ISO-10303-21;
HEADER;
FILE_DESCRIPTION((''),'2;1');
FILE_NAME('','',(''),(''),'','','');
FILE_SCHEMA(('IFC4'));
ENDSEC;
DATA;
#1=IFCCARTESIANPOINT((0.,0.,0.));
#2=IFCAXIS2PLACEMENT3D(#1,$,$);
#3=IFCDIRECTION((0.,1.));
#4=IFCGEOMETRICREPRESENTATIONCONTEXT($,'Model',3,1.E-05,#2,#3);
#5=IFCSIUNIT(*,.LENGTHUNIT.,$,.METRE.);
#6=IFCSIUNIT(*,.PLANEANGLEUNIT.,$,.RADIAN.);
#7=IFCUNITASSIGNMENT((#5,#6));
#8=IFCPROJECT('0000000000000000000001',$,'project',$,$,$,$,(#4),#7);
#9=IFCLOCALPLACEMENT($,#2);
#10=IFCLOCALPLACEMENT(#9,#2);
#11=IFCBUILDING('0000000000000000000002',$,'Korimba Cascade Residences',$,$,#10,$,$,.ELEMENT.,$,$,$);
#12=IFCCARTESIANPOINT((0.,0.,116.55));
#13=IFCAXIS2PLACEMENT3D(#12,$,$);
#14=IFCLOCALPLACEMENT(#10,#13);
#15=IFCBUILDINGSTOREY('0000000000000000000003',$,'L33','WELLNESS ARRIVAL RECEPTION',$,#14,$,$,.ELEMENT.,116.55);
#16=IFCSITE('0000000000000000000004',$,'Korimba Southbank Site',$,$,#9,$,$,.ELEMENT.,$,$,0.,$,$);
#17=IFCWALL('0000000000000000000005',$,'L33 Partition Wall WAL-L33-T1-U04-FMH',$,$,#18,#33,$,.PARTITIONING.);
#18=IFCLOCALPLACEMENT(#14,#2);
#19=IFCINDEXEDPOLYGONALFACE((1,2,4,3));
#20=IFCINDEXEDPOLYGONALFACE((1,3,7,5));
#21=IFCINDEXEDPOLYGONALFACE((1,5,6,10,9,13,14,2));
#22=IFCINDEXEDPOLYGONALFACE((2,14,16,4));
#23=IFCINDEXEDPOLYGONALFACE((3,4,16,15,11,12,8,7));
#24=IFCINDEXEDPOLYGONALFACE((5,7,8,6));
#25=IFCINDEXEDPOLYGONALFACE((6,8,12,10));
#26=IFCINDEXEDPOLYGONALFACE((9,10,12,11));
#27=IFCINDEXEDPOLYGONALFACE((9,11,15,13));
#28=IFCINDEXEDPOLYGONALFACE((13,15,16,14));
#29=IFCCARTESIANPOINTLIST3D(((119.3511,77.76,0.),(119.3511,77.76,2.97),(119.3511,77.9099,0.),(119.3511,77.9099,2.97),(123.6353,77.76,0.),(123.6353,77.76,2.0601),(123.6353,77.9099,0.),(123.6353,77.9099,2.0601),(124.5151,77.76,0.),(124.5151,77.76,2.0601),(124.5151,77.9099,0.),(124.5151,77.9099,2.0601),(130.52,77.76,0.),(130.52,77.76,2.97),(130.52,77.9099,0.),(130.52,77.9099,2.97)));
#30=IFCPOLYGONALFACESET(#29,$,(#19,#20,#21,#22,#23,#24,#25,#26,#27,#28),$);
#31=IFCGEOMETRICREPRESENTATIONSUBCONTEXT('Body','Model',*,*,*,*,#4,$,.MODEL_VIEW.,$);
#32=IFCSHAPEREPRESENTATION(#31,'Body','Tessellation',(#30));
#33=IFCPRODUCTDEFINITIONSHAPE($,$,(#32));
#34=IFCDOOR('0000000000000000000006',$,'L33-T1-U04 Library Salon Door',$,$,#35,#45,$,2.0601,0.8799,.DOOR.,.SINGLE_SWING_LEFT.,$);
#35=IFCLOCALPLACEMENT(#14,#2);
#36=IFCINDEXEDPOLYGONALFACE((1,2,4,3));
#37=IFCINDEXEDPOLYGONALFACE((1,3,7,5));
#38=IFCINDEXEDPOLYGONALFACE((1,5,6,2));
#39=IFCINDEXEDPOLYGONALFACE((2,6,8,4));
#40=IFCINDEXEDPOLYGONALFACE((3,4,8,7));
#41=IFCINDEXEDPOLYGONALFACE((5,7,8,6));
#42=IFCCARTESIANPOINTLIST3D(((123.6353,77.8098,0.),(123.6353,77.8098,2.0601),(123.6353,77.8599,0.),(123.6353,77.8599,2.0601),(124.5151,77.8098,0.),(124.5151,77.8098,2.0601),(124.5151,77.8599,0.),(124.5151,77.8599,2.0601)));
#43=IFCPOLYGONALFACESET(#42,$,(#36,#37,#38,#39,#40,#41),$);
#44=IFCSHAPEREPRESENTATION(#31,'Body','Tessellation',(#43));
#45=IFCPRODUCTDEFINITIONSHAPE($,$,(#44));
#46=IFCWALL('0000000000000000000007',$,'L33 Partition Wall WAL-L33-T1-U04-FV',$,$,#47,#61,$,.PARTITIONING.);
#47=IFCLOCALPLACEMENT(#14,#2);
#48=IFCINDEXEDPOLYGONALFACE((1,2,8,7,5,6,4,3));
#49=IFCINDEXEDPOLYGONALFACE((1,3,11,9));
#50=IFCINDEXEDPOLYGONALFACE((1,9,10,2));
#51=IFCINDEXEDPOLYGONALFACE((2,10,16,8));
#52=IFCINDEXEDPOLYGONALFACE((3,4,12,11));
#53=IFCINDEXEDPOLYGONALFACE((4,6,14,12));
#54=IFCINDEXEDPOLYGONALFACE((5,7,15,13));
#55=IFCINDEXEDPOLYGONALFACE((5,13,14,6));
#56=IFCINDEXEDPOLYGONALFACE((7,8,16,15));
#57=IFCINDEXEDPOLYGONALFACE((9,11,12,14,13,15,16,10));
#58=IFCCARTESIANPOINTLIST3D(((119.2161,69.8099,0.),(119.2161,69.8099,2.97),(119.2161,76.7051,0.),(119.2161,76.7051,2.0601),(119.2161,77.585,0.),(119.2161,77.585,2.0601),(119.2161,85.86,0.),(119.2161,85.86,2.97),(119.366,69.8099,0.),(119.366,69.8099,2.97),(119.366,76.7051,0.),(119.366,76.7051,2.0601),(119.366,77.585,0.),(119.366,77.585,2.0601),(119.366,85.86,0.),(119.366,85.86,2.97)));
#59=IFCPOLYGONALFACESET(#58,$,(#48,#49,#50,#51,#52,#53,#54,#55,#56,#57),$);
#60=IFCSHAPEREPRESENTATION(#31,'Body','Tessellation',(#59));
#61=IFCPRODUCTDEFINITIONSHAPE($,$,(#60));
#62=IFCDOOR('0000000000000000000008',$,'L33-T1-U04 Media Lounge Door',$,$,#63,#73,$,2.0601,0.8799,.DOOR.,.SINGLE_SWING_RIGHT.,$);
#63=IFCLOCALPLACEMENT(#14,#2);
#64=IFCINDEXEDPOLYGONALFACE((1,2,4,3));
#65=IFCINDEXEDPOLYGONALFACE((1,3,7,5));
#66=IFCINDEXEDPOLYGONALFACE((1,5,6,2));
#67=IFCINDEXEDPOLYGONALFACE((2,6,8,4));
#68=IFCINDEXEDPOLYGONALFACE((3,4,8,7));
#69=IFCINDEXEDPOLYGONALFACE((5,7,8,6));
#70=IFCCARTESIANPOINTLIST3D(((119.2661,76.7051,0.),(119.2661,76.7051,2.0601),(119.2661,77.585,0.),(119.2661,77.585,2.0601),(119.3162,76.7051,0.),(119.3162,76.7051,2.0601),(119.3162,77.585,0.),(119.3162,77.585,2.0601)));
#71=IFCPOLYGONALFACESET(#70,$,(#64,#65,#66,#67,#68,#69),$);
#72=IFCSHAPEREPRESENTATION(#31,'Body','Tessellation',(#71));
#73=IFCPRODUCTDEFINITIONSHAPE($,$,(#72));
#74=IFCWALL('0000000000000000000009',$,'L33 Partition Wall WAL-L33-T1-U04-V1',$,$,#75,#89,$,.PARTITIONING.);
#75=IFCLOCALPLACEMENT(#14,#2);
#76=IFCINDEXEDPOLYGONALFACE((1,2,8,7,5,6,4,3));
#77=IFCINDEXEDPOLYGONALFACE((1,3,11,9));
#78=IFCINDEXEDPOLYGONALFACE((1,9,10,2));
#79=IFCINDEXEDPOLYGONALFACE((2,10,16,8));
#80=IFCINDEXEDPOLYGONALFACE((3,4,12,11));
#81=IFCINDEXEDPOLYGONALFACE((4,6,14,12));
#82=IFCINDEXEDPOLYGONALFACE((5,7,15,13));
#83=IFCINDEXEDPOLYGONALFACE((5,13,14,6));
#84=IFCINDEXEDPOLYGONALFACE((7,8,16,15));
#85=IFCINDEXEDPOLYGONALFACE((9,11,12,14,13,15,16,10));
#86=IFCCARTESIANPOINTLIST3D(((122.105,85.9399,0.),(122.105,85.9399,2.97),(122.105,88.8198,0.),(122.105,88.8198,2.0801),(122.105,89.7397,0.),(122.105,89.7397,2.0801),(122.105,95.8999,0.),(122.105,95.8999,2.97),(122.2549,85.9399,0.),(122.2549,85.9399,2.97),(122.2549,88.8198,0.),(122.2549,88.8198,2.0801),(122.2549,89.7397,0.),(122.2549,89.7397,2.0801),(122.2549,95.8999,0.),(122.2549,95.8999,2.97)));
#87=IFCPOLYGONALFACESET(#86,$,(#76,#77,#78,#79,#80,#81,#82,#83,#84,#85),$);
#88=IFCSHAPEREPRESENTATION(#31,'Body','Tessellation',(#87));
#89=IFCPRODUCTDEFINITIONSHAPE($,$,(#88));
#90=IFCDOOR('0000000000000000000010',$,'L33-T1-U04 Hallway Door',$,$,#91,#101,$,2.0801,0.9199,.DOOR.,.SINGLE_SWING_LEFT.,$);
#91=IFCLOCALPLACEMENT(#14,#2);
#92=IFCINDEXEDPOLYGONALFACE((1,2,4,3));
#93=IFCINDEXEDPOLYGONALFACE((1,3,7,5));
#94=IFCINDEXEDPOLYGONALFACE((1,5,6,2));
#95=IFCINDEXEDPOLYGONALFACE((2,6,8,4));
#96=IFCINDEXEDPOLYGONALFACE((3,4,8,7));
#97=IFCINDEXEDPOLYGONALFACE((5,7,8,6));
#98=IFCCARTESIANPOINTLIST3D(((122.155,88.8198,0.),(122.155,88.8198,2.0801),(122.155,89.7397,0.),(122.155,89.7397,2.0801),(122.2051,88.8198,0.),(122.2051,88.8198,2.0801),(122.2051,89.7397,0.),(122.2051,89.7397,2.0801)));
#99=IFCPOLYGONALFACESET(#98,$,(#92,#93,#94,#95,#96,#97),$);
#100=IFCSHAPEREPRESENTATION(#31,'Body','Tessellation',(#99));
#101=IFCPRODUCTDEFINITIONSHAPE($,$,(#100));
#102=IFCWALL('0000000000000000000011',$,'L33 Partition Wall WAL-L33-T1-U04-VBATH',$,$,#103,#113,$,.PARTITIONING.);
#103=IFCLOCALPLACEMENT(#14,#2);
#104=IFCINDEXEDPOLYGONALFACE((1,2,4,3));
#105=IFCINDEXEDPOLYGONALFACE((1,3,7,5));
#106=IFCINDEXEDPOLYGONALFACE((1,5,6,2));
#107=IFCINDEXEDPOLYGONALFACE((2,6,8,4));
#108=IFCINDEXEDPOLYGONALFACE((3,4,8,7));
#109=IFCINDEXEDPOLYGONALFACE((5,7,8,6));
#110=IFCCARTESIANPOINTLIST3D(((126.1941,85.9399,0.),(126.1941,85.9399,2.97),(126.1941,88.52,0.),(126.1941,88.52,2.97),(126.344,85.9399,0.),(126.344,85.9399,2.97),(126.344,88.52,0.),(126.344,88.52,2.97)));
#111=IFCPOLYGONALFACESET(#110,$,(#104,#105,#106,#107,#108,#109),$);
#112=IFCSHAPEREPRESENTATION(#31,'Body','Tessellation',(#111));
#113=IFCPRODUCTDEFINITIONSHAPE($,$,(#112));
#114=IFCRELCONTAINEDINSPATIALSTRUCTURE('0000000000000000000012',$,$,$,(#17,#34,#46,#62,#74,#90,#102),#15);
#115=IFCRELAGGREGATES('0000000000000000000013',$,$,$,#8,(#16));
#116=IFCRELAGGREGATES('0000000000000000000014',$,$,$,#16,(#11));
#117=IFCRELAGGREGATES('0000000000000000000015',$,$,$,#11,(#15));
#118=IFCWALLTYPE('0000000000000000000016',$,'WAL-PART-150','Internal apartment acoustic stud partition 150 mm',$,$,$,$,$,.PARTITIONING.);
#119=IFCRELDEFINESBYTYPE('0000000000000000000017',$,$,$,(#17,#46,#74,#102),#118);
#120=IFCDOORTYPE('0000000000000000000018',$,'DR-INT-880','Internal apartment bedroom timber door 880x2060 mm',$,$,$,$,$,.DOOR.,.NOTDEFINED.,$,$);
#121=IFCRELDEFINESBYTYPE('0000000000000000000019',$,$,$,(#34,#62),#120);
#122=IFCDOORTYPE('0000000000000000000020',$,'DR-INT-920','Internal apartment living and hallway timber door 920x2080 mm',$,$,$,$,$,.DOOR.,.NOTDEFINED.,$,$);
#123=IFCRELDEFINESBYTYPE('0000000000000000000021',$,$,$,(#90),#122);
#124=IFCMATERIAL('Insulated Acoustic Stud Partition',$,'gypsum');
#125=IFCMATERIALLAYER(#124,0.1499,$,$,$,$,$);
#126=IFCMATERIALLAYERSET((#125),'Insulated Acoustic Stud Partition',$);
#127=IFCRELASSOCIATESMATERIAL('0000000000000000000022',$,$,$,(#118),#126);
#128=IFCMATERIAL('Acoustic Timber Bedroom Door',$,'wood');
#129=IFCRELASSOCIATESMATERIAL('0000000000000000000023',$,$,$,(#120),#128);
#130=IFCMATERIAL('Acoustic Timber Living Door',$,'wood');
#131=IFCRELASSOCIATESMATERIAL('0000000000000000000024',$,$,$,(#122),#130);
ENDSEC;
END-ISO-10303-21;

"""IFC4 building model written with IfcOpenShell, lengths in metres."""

from ifc_helpers import new_model, si_unit, direction, frame, frame_2d, origin, place, context, subcontext, project, spatial, rectangle, extrude, material, layer, layer_set, type_object, element, fill, save


model = new_model("IFC4")

# Units and contexts
model_context = context("Model", 3, precision=1e-05, world=origin(), true_north=direction((0.0, 1.0)))
body_context = subcontext(model_context, "Body", "Model", "MODEL_VIEW")
ifc_project = project(units=[si_unit("LENGTHUNIT", "METRE"), si_unit("PLANEANGLEUNIT", "RADIAN")], contexts=[model_context])

# Site, building, storey
site_placement = place(None, origin())
site = spatial("IfcSite", under=ifc_project, at=site_placement, Name="Korimba Southbank Site", CompositionType="ELEMENT", RefElevation=0.0)
building_placement = place(site_placement, origin())
building = spatial("IfcBuilding", under=site, at=building_placement, Name="Korimba Cascade Residences", CompositionType="ELEMENT")
storey_placement = place(building_placement, frame((0.0, 0.0, 116.55)))
storey = spatial("IfcBuildingStorey", under=building, at=storey_placement, Name="L33", Description="WELLNESS ARRIVAL RECEPTION", CompositionType="ELEMENT", Elevation=116.55)

# Shared definitions
ifc_material_1 = material(Name="Insulated Acoustic Stud Partition", Category="gypsum")
ifc_layer_1 = layer(ifc_material_1, 0.1499)
ifc_layer_set_1 = layer_set([ifc_layer_1], Name="Insulated Acoustic Stud Partition")
wall_type_1 = type_object("IfcWallType", Name="WAL-PART-150", Description="Internal apartment acoustic stud partition 150 mm", PredefinedType="PARTITIONING", material=ifc_layer_set_1)
ifc_material_2 = material(Name="Acoustic Timber Bedroom Door", Category="wood")
door_type_1 = type_object("IfcDoorType", Name="DR-INT-880", Description="Internal apartment bedroom timber door 880x2060 mm", OperationType="NOTDEFINED", PredefinedType="DOOR", material=ifc_material_2)

# Walls, openings, doors
wall_1_placement = place(storey_placement, frame((119.3511, 77.835, 0.0), z_axis=(0.0, 0.0, 1.0), x_axis=(1.0, 0.0, 0.0)))
wall_1 = element("IfcWall", 1, at=wall_1_placement, inside=storey, type_object=wall_type_1, Name="L33 Partition Wall WAL-L33-T1-U04-FMH", PredefinedType="PARTITIONING", context=body_context, shape_type="SweptSolid", body=[
    extrude(rectangle(XDim=11.1689, YDim=0.1499, at=frame_2d((5.5845, 0.0))), origin(), (0.0, 0.0, 1.0), 2.97),
])
opening_1_placement = place(wall_1_placement, frame((4.2842, 0.0, 0.0)))
opening_1 = element("IfcOpeningElement", 2, at=opening_1_placement, cuts=wall_1, PredefinedType="OPENING", context=body_context, shape_type="SweptSolid", body=[
    extrude(rectangle(XDim=0.8799, YDim=2.0601, at=frame_2d((0.4399, 1.03))), frame((0.0, 0.085, 0.0), z_axis=(0.0, -1.0, 0.0), x_axis=(1.0, 0.0, 0.0)), (0.0, 0.0, 1.0), 0.1699),
])
door_1_placement = place(opening_1_placement, origin())
door_1 = element("IfcDoor", 3, at=door_1_placement, inside=storey, type_object=door_type_1, Name="L33-T1-U04 Library Salon Door", OperationType="SINGLE_SWING_LEFT", OverallHeight=2.0601, OverallWidth=0.8799, PredefinedType="DOOR", context=body_context, shape_type="SweptSolid", body=[
    extrude(rectangle(XDim=0.8799, YDim=2.0601, at=frame_2d((0.4399, 1.03))), frame((0.0, 0.0249, 0.0), z_axis=(0.0, -1.0, 0.0), x_axis=(1.0, 0.0, 0.0)), (0.0, 0.0, 1.0), 0.05),
])
fill(opening_1, door_1)
wall_2_placement = place(storey_placement, frame((119.291, 69.8101, 0.0), z_axis=(0.0, 0.0, 1.0), x_axis=(0.0, 1.0, 0.0)))
wall_2 = element("IfcWall", 4, at=wall_2_placement, inside=storey, type_object=wall_type_1, Name="L33 Partition Wall WAL-L33-T1-U04-FV", PredefinedType="PARTITIONING", context=body_context, shape_type="SweptSolid", body=[
    extrude(rectangle(XDim=16.05, YDim=0.1499, at=frame_2d((8.0249, 0.0))), origin(), (0.0, 0.0, 1.0), 2.97),
])
opening_2_placement = place(wall_2_placement, frame((6.895, 0.0, 0.0)))
opening_2 = element("IfcOpeningElement", 5, at=opening_2_placement, cuts=wall_2, PredefinedType="OPENING", context=body_context, shape_type="SweptSolid", body=[
    extrude(rectangle(XDim=0.8799, YDim=2.0601, at=frame_2d((0.4399, 1.03))), frame((0.0, 0.085, 0.0), z_axis=(0.0, -1.0, 0.0), x_axis=(1.0, 0.0, 0.0)), (0.0, 0.0, 1.0), 0.1699),
])
door_2_placement = place(opening_2_placement, origin())
door_2 = element("IfcDoor", 6, at=door_2_placement, inside=storey, type_object=door_type_1, Name="L33-T1-U04 Media Lounge Door", OperationType="SINGLE_SWING_RIGHT", OverallHeight=2.0601, OverallWidth=0.8799, PredefinedType="DOOR", context=body_context, shape_type="SweptSolid", body=[
    extrude(rectangle(XDim=0.8799, YDim=2.0601, at=frame_2d((0.4399, 1.03))), frame((0.0, 0.0249, 0.0), z_axis=(0.0, -1.0, 0.0), x_axis=(1.0, 0.0, 0.0)), (0.0, 0.0, 1.0), 0.05),
])
fill(opening_2, door_2)
wall_3_placement = place(storey_placement, frame((122.1799, 85.9399, 0.0), z_axis=(0.0, 0.0, 1.0), x_axis=(0.0, 1.0, 0.0)))
wall_3 = element("IfcWall", 7, at=wall_3_placement, inside=storey, type_object=wall_type_1, Name="L33 Partition Wall WAL-L33-T1-U04-V1", PredefinedType="PARTITIONING", context=body_context, shape_type="SweptSolid", body=[
    extrude(rectangle(XDim=9.96, YDim=0.1499, at=frame_2d((4.98, 0.0))), origin(), (0.0, 0.0, 1.0), 2.97),
])
opening_3_placement = place(wall_3_placement, frame((2.8799, 0.0, 0.0)))
opening_3 = element("IfcOpeningElement", 8, at=opening_3_placement, cuts=wall_3, PredefinedType="OPENING", context=body_context, shape_type="SweptSolid", body=[
    extrude(rectangle(XDim=0.9199, YDim=2.0801, at=frame_2d((0.46, 1.04))), frame((0.0, 0.085, 0.0), z_axis=(0.0, -1.0, 0.0), x_axis=(1.0, 0.0, 0.0)), (0.0, 0.0, 1.0), 0.1699),
])
ifc_material_3 = material(Name="Acoustic Timber Living Door", Category="wood")
door_type_2 = type_object("IfcDoorType", Name="DR-INT-920", Description="Internal apartment living and hallway timber door 920x2080 mm", OperationType="NOTDEFINED", PredefinedType="DOOR", material=ifc_material_3)
door_3_placement = place(opening_3_placement, origin())
door_3 = element("IfcDoor", 9, at=door_3_placement, inside=storey, type_object=door_type_2, Name="L33-T1-U04 Hallway Door", OperationType="SINGLE_SWING_LEFT", OverallHeight=2.0801, OverallWidth=0.9199, PredefinedType="DOOR", context=body_context, shape_type="SweptSolid", body=[
    extrude(rectangle(XDim=0.9199, YDim=2.0801, at=frame_2d((0.46, 1.04))), frame((0.0, 0.0249, 0.0), z_axis=(0.0, -1.0, 0.0), x_axis=(1.0, 0.0, 0.0)), (0.0, 0.0, 1.0), 0.05),
])
fill(opening_3, door_3)

# Wall
wall_4_placement = place(storey_placement, frame((126.269, 85.9399, 0.0), z_axis=(0.0, 0.0, 1.0), x_axis=(0.0, 1.0, 0.0)))
element("IfcWall", 10, at=wall_4_placement, inside=storey, type_object=wall_type_1, Name="L33 Partition Wall WAL-L33-T1-U04-VBATH", PredefinedType="PARTITIONING", context=body_context, shape_type="SweptSolid", body=[
    extrude(rectangle(XDim=2.5801, YDim=0.1499, at=frame_2d((1.29, 0.0))), origin(), (0.0, 0.0, 1.0), 2.97),
])

save(model, "model.ifc")
